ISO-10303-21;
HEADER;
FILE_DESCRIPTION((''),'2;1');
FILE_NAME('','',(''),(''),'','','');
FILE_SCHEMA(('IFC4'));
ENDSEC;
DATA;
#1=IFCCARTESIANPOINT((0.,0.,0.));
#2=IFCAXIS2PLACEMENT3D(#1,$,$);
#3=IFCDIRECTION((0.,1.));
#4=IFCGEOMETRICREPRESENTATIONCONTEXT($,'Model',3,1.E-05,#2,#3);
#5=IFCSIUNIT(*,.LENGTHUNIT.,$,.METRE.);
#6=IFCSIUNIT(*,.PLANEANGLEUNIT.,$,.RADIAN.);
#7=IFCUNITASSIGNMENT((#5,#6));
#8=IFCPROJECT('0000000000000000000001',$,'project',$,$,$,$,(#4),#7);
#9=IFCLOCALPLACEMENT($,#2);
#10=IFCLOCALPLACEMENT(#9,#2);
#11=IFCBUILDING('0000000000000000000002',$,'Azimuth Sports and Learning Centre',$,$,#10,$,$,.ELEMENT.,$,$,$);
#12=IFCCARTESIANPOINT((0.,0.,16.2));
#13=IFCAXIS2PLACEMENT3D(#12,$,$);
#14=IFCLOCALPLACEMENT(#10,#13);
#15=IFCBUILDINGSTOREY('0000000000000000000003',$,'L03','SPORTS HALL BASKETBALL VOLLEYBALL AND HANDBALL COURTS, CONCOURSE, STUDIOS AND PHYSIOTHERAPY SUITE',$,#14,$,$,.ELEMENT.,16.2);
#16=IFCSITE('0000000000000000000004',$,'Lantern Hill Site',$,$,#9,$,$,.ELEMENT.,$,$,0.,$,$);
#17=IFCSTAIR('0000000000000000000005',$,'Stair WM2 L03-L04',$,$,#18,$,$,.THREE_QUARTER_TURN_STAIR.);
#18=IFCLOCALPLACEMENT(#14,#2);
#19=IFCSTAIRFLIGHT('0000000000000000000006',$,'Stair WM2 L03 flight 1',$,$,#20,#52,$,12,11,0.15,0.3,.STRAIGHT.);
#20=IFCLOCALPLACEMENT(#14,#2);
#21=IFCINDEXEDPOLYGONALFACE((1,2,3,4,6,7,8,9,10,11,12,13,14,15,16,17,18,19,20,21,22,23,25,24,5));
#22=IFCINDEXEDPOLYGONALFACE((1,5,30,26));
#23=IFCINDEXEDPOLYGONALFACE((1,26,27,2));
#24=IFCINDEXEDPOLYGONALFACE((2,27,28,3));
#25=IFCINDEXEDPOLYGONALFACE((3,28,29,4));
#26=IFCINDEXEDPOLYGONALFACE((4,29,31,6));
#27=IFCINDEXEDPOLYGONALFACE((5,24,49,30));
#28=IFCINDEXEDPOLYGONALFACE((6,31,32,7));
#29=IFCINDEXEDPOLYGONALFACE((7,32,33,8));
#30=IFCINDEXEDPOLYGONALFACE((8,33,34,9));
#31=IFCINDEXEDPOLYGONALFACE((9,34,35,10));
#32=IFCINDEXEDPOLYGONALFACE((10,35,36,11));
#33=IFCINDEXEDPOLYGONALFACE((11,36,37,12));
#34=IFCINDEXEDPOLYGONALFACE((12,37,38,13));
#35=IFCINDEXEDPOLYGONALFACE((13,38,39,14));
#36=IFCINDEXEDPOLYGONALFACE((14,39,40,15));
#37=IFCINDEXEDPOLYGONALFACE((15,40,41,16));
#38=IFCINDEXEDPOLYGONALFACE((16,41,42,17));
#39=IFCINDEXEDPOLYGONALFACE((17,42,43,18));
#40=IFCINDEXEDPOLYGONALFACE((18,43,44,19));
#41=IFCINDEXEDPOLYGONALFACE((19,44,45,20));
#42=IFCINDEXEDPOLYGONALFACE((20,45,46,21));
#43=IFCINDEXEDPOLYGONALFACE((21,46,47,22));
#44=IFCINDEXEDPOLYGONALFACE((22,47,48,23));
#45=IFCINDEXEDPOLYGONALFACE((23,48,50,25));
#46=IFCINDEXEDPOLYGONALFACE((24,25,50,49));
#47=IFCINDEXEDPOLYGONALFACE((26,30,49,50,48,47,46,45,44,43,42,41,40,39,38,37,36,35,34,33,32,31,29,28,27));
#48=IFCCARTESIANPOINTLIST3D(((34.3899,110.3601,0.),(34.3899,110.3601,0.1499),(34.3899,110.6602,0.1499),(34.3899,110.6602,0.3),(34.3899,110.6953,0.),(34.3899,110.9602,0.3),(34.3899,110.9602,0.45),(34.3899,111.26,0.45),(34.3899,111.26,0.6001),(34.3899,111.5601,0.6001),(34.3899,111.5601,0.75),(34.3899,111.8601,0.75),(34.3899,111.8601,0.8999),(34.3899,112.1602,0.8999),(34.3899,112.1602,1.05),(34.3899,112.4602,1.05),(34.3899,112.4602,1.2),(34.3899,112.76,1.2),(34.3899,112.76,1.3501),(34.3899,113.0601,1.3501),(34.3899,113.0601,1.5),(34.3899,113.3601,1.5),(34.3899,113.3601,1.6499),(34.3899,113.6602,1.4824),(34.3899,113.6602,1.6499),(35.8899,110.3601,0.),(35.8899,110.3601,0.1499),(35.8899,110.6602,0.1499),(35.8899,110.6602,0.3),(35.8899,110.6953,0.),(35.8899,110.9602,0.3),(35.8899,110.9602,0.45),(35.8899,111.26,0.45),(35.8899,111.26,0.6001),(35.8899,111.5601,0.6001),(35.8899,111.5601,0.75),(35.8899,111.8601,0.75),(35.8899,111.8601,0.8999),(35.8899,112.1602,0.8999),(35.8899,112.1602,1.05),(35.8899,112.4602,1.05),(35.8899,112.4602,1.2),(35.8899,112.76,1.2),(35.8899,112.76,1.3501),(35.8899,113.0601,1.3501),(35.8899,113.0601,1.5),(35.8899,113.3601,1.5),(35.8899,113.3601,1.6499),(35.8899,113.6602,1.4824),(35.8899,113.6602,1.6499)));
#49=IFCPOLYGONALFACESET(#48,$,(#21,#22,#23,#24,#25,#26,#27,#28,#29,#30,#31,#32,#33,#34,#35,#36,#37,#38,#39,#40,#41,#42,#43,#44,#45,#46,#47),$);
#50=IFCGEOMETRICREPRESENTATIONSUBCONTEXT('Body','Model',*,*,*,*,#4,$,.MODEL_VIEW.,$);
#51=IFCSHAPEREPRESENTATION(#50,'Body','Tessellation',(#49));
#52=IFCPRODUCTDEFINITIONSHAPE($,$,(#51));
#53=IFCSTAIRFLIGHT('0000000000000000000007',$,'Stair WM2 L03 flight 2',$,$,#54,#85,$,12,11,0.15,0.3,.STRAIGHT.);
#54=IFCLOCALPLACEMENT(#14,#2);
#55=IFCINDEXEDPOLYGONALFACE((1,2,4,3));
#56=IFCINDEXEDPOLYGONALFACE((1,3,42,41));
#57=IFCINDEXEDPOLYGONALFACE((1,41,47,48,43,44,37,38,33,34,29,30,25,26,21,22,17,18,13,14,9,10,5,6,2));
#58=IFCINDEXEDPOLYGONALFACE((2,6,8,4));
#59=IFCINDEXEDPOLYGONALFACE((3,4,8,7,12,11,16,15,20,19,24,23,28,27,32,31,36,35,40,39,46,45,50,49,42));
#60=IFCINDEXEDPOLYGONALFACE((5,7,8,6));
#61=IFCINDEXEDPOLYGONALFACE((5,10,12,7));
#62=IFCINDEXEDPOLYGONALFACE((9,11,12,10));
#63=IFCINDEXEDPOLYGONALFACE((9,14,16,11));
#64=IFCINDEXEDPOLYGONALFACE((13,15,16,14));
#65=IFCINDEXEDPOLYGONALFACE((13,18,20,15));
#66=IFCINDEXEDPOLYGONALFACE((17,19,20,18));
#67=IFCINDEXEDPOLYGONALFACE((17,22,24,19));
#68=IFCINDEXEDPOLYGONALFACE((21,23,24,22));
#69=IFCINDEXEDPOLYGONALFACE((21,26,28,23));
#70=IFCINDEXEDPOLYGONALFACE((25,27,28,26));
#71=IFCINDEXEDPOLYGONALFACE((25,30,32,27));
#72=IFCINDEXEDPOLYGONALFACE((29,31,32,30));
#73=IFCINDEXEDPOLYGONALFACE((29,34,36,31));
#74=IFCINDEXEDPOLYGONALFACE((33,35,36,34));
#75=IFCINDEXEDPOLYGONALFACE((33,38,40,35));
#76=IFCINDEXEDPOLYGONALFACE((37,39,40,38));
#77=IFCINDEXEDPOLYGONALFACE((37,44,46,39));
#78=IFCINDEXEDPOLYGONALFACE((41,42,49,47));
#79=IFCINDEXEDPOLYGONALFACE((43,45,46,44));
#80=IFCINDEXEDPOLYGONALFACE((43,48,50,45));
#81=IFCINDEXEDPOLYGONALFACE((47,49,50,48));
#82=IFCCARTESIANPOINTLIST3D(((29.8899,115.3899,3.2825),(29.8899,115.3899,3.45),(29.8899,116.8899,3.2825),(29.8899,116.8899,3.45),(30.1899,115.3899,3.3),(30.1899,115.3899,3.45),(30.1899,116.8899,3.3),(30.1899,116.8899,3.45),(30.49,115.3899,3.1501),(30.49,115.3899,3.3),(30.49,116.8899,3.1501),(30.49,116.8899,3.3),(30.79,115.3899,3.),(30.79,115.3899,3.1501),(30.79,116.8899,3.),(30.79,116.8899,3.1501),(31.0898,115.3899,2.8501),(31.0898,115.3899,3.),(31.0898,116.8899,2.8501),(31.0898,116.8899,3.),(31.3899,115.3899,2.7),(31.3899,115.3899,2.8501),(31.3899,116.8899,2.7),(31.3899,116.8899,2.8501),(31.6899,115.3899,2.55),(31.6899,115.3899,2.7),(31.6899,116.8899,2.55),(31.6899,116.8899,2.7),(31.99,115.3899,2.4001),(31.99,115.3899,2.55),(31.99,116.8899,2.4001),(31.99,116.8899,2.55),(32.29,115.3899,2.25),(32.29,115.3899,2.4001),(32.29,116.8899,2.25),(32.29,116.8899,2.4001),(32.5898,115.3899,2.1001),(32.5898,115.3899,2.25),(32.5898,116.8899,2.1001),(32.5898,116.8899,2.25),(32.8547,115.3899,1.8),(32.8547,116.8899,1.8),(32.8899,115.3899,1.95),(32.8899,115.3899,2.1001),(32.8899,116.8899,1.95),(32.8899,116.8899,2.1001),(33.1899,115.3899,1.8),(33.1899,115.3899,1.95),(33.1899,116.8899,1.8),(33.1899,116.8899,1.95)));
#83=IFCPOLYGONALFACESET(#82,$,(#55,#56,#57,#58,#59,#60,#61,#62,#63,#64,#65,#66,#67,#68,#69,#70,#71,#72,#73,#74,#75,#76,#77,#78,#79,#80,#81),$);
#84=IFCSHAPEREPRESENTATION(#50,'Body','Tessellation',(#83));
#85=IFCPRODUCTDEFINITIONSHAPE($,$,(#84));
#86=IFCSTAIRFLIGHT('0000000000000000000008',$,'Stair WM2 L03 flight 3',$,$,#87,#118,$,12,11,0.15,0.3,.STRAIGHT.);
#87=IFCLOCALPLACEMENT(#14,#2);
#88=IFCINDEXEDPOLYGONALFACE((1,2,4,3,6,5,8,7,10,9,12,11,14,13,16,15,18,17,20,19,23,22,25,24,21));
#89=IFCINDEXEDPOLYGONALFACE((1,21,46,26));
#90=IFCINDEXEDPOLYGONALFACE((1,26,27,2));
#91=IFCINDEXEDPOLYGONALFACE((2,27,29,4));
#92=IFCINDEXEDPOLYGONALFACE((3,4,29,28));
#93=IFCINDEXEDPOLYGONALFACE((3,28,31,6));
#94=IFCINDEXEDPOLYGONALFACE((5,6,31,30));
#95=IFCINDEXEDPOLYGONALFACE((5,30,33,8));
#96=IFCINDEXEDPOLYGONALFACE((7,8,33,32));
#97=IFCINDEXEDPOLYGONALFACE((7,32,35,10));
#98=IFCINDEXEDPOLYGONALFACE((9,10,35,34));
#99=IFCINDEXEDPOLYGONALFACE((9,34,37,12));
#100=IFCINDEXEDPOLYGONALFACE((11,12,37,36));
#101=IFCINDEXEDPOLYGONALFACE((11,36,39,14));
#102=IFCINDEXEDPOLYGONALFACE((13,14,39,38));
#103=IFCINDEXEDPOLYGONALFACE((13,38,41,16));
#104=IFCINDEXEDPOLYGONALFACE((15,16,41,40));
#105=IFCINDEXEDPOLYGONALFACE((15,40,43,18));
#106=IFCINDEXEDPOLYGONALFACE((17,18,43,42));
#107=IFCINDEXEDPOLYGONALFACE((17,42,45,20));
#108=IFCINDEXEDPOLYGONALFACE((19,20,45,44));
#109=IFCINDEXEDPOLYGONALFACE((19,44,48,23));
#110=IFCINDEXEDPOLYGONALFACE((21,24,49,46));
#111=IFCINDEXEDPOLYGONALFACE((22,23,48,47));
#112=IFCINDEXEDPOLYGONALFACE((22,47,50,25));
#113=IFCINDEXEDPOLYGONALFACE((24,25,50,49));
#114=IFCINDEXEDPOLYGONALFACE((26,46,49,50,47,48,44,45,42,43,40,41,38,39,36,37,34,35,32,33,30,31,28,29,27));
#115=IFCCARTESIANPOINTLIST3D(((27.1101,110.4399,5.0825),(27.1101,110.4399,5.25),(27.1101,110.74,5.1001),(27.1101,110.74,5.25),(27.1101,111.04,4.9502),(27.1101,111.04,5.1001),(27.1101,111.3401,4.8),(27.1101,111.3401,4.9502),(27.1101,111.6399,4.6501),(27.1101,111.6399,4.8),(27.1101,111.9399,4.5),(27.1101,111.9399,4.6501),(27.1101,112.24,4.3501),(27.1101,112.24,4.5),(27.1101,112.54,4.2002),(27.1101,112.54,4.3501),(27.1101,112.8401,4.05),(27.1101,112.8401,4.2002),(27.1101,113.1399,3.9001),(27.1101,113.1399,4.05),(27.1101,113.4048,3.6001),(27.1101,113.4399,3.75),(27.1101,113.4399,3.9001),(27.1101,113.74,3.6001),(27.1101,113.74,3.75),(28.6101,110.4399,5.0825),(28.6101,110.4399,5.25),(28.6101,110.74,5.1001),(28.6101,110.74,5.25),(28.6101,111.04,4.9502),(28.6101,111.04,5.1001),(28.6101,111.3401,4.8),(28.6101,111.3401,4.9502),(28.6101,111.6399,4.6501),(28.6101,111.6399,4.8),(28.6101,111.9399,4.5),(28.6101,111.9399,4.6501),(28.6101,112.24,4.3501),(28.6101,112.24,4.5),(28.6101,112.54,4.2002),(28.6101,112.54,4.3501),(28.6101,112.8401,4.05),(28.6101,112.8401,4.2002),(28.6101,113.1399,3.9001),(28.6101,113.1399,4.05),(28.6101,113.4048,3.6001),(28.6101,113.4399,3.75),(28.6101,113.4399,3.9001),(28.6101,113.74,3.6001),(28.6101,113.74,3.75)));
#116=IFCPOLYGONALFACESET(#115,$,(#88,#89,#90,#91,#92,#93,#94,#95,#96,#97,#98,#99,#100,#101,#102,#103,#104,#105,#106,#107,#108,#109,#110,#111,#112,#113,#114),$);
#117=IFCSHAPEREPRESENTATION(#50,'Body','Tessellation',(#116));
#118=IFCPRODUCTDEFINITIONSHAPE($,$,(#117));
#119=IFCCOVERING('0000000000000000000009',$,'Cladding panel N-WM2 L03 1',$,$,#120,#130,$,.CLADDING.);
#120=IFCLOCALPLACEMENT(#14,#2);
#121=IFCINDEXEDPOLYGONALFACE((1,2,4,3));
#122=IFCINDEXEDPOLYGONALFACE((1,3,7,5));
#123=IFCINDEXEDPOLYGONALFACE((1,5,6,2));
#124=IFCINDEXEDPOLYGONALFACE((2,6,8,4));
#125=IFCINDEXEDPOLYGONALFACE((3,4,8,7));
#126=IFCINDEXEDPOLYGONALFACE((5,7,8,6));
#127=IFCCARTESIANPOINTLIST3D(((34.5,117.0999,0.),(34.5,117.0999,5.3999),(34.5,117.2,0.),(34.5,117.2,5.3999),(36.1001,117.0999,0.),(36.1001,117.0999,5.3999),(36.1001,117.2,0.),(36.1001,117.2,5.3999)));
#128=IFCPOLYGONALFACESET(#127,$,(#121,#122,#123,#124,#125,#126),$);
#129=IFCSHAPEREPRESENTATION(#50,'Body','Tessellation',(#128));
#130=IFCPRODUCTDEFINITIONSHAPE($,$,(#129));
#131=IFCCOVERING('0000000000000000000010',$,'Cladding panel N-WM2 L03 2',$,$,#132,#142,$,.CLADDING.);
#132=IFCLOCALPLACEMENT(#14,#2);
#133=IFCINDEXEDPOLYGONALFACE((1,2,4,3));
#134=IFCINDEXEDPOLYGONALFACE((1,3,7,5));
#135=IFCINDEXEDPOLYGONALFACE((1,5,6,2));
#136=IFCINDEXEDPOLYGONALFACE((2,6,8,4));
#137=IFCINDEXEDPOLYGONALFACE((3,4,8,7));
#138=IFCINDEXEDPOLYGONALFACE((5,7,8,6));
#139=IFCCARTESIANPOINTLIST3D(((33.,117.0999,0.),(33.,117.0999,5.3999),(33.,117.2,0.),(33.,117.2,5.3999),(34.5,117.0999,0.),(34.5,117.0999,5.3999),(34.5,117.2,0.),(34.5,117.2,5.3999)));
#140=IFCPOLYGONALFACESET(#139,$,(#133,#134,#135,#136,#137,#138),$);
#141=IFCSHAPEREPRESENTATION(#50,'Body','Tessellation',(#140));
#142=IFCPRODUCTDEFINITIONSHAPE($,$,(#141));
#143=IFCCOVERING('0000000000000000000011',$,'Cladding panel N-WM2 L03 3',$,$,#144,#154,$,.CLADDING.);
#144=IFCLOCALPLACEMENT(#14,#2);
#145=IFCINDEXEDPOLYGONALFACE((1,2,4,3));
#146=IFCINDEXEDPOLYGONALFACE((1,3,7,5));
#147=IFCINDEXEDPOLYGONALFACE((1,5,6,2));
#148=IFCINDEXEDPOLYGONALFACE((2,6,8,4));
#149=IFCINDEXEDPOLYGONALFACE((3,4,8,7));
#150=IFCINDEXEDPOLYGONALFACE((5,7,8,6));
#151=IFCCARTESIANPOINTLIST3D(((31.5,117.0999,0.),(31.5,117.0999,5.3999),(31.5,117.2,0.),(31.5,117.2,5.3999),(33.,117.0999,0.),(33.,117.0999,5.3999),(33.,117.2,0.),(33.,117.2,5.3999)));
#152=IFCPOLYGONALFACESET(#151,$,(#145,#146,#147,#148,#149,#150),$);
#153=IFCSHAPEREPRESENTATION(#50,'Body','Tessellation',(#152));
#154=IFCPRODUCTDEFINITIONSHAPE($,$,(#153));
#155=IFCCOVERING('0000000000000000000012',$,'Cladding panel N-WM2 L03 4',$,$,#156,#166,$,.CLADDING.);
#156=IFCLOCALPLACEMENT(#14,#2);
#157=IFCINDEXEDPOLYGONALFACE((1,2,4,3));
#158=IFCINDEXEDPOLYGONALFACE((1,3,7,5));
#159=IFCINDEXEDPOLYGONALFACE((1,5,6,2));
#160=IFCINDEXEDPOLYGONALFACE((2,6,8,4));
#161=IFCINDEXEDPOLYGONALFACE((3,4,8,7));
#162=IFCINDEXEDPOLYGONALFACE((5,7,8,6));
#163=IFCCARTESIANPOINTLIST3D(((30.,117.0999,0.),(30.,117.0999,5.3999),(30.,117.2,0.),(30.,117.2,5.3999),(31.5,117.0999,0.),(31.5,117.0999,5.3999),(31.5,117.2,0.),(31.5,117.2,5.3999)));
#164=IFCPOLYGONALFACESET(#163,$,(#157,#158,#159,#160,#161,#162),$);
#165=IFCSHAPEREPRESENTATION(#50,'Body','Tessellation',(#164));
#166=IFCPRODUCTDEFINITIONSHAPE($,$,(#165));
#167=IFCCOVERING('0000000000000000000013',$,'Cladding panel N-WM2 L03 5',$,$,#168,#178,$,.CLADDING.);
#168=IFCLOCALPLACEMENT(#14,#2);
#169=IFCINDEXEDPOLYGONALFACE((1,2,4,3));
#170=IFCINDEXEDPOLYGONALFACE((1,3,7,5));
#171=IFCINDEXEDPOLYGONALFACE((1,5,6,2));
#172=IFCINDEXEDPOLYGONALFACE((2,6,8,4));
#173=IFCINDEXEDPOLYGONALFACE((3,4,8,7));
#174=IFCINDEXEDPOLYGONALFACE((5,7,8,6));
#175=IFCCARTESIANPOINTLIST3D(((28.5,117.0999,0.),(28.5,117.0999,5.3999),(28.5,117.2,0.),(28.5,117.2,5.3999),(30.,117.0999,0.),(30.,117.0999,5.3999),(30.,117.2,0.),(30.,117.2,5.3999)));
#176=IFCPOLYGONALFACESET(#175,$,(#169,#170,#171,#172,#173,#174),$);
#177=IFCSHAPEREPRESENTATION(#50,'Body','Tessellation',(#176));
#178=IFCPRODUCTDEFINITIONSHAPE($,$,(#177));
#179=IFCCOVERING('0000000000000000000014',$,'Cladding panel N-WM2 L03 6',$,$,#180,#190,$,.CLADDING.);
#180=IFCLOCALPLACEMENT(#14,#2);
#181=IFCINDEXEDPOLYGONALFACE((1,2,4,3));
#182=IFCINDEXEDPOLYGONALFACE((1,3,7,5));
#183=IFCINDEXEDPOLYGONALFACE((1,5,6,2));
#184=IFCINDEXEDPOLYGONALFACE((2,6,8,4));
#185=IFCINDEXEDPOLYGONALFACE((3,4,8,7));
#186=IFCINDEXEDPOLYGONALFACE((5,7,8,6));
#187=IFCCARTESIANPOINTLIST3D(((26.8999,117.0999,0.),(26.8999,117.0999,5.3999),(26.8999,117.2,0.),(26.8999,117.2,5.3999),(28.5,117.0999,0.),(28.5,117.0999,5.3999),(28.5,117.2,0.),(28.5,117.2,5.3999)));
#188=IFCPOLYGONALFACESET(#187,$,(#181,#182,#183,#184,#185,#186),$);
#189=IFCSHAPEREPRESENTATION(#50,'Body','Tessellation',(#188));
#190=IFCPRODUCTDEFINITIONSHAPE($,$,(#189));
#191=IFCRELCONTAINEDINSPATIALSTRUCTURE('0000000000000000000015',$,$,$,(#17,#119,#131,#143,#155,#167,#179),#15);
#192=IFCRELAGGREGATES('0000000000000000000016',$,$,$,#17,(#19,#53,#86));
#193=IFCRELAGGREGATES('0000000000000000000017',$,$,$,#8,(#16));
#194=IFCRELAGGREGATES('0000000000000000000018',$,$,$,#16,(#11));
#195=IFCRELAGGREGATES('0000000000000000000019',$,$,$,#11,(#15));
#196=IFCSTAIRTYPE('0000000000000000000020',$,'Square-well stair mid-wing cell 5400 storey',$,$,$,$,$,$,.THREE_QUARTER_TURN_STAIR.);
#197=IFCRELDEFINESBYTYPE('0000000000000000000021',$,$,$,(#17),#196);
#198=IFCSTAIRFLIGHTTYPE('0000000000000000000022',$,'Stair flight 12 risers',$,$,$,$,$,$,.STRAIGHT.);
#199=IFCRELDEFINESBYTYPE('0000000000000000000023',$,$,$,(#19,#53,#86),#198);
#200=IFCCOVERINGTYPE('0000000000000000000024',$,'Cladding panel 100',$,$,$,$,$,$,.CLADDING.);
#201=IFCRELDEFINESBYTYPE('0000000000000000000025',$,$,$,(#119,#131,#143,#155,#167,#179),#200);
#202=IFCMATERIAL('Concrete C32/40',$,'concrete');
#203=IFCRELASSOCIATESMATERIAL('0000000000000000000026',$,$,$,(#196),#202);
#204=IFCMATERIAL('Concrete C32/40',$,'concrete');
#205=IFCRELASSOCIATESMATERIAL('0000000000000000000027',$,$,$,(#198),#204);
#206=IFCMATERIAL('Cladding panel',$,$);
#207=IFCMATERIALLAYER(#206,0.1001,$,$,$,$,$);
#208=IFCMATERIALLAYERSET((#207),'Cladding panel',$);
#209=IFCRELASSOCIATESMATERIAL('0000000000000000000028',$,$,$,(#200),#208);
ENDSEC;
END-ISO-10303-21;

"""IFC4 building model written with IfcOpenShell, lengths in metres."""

from ifc_helpers import new_model, si_unit, direction, frame, origin, origin_2d, place, context, subcontext, project, spatial, polyline, rectangle, outline, extrude, material, layer, layer_set, type_object, element, aggregate, save


model = new_model("IFC4")

# Units and contexts
model_context = context("Model", 3, precision=1e-05, world=origin(), true_north=direction((0.0, 1.0)))
body_context = subcontext(model_context, "Body", "Model", "MODEL_VIEW")
ifc_project = project(units=[si_unit("LENGTHUNIT", "METRE"), si_unit("PLANEANGLEUNIT", "RADIAN")], contexts=[model_context])

# Site, building, storey
site_placement = place(None, origin())
site = spatial("IfcSite", under=ifc_project, at=site_placement, Name="Lantern Hill Site", CompositionType="ELEMENT", RefElevation=0.0)
building_placement = place(site_placement, origin())
building = spatial("IfcBuilding", under=site, at=building_placement, Name="Azimuth Sports and Learning Centre", CompositionType="ELEMENT")
storey_placement = place(building_placement, frame((0.0, 0.0, 16.2)))
storey = spatial("IfcBuildingStorey", under=building, at=storey_placement, Name="L03", Description="SPORTS HALL BASKETBALL VOLLEYBALL AND HANDBALL COURTS, CONCOURSE, STUDIOS AND PHYSIOTHERAPY SUITE", CompositionType="ELEMENT", Elevation=16.2)

# Stair, stair flights
ifc_material_1 = material(Name="Concrete C32/40", Category="concrete")
stair_type = type_object("IfcStairType", Name="Square-well stair mid-wing cell 5400 storey", PredefinedType="THREE_QUARTER_TURN_STAIR", material=ifc_material_1)
stair_placement = place(storey_placement, origin())
stair = element("IfcStair", 1, at=stair_placement, inside=storey, type_object=stair_type, Name="Stair WM2 L03-L04", PredefinedType="THREE_QUARTER_TURN_STAIR")
ifc_material_2 = material(Name="Concrete C32/40", Category="concrete")
stair_flight_type = type_object("IfcStairFlightType", Name="Stair flight 12 risers", PredefinedType="STRAIGHT", material=ifc_material_2)
stair_flight_1_placement = place(storey_placement, frame((35.1399, 110.3601, 0.0), z_axis=(0.0, 0.0, 1.0), x_axis=(0.0, 1.0, 0.0)))
stair_flight_1 = element("IfcStairFlight", 2, at=stair_flight_1_placement, type_object=stair_flight_type, Name="Stair WM2 L03 flight 1", NumberOfRisers=12, NumberOfTreads=11, PredefinedType="STRAIGHT", RiserHeight=0.15, TreadLength=0.3, context=body_context, shape_type="SweptSolid", body=[
    extrude(outline(polyline([(0.0, 0.0), (0.0, 0.1499), (0.3, 0.1499), (0.3, 0.3), (0.6001, 0.3), (0.6001, 0.45), (0.8999, 0.45), (0.8999, 0.6001), (1.2, 0.6001), (1.2, 0.75), (1.5, 0.75), (1.5, 0.8999), (1.8, 0.8999), (1.8, 1.05), (2.1001, 1.05), (2.1001, 1.2), (2.3999, 1.2), (2.3999, 1.3501), (2.7, 1.3501), (2.7, 1.5), (3.0, 1.5), (3.0, 1.6499), (3.3, 1.6499), (3.3, 1.8), (3.3, 1.4824), (0.3352, 0.0), (0.0, 0.0)])), frame((0.0, 0.75, 0.0), z_axis=(0.0, -1.0, 0.0), x_axis=(1.0, 0.0, 0.0)), (0.0, 0.0, 1.0), 1.5),
])
stair_flight_2_placement = place(storey_placement, frame((33.1899, 116.1399, 1.8), z_axis=(0.0, 0.0, 1.0), x_axis=(-1.0, 0.0, 0.0)))
stair_flight_2 = element("IfcStairFlight", 3, at=stair_flight_2_placement, type_object=stair_flight_type, Name="Stair WM2 L03 flight 2", NumberOfRisers=12, NumberOfTreads=11, PredefinedType="STRAIGHT", RiserHeight=0.15, TreadLength=0.3, context=body_context, shape_type="SweptSolid", body=[
    extrude(outline(polyline([(0.0, 0.0), (0.0, 0.1499), (0.3, 0.1499), (0.3, 0.3), (0.6001, 0.3), (0.6001, 0.45), (0.8999, 0.45), (0.8999, 0.6001), (1.2, 0.6001), (1.2, 0.75), (1.5, 0.75), (1.5, 0.8999), (1.8, 0.8999), (1.8, 1.05), (2.1001, 1.05), (2.1001, 1.2), (2.3999, 1.2), (2.3999, 1.3501), (2.7, 1.3501), (2.7, 1.5), (3.0, 1.5), (3.0, 1.6499), (3.3, 1.6499), (3.3, 1.8), (3.3, 1.4824), (0.3352, 0.0), (0.0, 0.0)])), frame((0.0, 0.75, 0.0), z_axis=(0.0, -1.0, 0.0), x_axis=(1.0, 0.0, 0.0)), (0.0, 0.0, 1.0), 1.5),
])
stair_flight_3_placement = place(storey_placement, frame((27.8601, 113.74, 3.6001), z_axis=(0.0, 0.0, 1.0), x_axis=(0.0, -1.0, 0.0)))
stair_flight_3 = element("IfcStairFlight", 4, at=stair_flight_3_placement, type_object=stair_flight_type, Name="Stair WM2 L03 flight 3", NumberOfRisers=12, NumberOfTreads=11, PredefinedType="STRAIGHT", RiserHeight=0.15, TreadLength=0.3, context=body_context, shape_type="SweptSolid", body=[
    extrude(outline(polyline([(0.0, 0.0), (0.0, 0.1499), (0.3, 0.1499), (0.3, 0.3), (0.6001, 0.3), (0.6001, 0.45), (0.8999, 0.45), (0.8999, 0.6001), (1.2, 0.6001), (1.2, 0.75), (1.5, 0.75), (1.5, 0.8999), (1.8, 0.8999), (1.8, 1.05), (2.1001, 1.05), (2.1001, 1.2), (2.3999, 1.2), (2.3999, 1.3501), (2.7, 1.3501), (2.7, 1.5), (3.0, 1.5), (3.0, 1.6499), (3.3, 1.6499), (3.3, 1.8), (3.3, 1.4824), (0.3352, 0.0), (0.0, 0.0)])), frame((0.0, 0.75, 0.0), z_axis=(0.0, -1.0, 0.0), x_axis=(1.0, 0.0, 0.0)), (0.0, 0.0, 1.0), 1.5),
])
aggregate(stair, [stair_flight_1, stair_flight_2, stair_flight_3])

# Coverings
ifc_material_3 = material(Name="Cladding panel")
ifc_layer_1 = layer(ifc_material_3, 0.1001)
ifc_layer_set_1 = layer_set([ifc_layer_1], Name="Cladding panel")
covering_type = type_object("IfcCoveringType", Name="Cladding panel 100", PredefinedType="CLADDING", material=ifc_layer_set_1)
covering_1_placement = place(storey_placement, frame((35.3, 117.1499, 0.0), z_axis=(0.0, 0.0, 1.0), x_axis=(-1.0, 0.0, 0.0)))
element("IfcCovering", 5, at=covering_1_placement, inside=storey, type_object=covering_type, Name="Cladding panel N-WM2 L03 1", PredefinedType="CLADDING", context=body_context, shape_type="SweptSolid", body=[
    extrude(rectangle(XDim=1.6001, YDim=0.1001, at=origin_2d()), origin(), (0.0, 0.0, 1.0), 5.3999),
])
for number, where, z_axis, x_axis, name in (
    (6, (33.75, 117.1499, 0.0), (0.0, 0.0, 1.0), (-1.0, 0.0, 0.0), "Cladding panel N-WM2 L03 2"),
    (7, (32.25, 117.1499, 0.0), (0.0, 0.0, 1.0), (-1.0, 0.0, 0.0), "Cladding panel N-WM2 L03 3"),
    (8, (30.75, 117.1499, 0.0), (0.0, 0.0, 1.0), (-1.0, 0.0, 0.0), "Cladding panel N-WM2 L03 4"),
    (9, (29.25, 117.1499, 0.0), (0.0, 0.0, 1.0), (-1.0, 0.0, 0.0), "Cladding panel N-WM2 L03 5"),
):
    element("IfcCovering", number, at=place(storey_placement, frame(where, z_axis=z_axis, x_axis=x_axis)), inside=storey, type_object=covering_type, Name=name, PredefinedType="CLADDING", context=body_context, shape_type="SweptSolid", body=[
        extrude(rectangle(XDim=1.5, YDim=0.1001, at=origin_2d()), origin(), (0.0, 0.0, 1.0), 5.3999),
    ])
covering_2_placement = place(storey_placement, frame((27.7, 117.1499, 0.0), z_axis=(0.0, 0.0, 1.0), x_axis=(-1.0, 0.0, 0.0)))
element("IfcCovering", 10, at=covering_2_placement, inside=storey, type_object=covering_type, Name="Cladding panel N-WM2 L03 6", PredefinedType="CLADDING", context=body_context, shape_type="SweptSolid", body=[
    extrude(rectangle(XDim=1.6001, YDim=0.1001, at=origin_2d()), origin(), (0.0, 0.0, 1.0), 5.3999),
])

save(model, "model.ifc")
